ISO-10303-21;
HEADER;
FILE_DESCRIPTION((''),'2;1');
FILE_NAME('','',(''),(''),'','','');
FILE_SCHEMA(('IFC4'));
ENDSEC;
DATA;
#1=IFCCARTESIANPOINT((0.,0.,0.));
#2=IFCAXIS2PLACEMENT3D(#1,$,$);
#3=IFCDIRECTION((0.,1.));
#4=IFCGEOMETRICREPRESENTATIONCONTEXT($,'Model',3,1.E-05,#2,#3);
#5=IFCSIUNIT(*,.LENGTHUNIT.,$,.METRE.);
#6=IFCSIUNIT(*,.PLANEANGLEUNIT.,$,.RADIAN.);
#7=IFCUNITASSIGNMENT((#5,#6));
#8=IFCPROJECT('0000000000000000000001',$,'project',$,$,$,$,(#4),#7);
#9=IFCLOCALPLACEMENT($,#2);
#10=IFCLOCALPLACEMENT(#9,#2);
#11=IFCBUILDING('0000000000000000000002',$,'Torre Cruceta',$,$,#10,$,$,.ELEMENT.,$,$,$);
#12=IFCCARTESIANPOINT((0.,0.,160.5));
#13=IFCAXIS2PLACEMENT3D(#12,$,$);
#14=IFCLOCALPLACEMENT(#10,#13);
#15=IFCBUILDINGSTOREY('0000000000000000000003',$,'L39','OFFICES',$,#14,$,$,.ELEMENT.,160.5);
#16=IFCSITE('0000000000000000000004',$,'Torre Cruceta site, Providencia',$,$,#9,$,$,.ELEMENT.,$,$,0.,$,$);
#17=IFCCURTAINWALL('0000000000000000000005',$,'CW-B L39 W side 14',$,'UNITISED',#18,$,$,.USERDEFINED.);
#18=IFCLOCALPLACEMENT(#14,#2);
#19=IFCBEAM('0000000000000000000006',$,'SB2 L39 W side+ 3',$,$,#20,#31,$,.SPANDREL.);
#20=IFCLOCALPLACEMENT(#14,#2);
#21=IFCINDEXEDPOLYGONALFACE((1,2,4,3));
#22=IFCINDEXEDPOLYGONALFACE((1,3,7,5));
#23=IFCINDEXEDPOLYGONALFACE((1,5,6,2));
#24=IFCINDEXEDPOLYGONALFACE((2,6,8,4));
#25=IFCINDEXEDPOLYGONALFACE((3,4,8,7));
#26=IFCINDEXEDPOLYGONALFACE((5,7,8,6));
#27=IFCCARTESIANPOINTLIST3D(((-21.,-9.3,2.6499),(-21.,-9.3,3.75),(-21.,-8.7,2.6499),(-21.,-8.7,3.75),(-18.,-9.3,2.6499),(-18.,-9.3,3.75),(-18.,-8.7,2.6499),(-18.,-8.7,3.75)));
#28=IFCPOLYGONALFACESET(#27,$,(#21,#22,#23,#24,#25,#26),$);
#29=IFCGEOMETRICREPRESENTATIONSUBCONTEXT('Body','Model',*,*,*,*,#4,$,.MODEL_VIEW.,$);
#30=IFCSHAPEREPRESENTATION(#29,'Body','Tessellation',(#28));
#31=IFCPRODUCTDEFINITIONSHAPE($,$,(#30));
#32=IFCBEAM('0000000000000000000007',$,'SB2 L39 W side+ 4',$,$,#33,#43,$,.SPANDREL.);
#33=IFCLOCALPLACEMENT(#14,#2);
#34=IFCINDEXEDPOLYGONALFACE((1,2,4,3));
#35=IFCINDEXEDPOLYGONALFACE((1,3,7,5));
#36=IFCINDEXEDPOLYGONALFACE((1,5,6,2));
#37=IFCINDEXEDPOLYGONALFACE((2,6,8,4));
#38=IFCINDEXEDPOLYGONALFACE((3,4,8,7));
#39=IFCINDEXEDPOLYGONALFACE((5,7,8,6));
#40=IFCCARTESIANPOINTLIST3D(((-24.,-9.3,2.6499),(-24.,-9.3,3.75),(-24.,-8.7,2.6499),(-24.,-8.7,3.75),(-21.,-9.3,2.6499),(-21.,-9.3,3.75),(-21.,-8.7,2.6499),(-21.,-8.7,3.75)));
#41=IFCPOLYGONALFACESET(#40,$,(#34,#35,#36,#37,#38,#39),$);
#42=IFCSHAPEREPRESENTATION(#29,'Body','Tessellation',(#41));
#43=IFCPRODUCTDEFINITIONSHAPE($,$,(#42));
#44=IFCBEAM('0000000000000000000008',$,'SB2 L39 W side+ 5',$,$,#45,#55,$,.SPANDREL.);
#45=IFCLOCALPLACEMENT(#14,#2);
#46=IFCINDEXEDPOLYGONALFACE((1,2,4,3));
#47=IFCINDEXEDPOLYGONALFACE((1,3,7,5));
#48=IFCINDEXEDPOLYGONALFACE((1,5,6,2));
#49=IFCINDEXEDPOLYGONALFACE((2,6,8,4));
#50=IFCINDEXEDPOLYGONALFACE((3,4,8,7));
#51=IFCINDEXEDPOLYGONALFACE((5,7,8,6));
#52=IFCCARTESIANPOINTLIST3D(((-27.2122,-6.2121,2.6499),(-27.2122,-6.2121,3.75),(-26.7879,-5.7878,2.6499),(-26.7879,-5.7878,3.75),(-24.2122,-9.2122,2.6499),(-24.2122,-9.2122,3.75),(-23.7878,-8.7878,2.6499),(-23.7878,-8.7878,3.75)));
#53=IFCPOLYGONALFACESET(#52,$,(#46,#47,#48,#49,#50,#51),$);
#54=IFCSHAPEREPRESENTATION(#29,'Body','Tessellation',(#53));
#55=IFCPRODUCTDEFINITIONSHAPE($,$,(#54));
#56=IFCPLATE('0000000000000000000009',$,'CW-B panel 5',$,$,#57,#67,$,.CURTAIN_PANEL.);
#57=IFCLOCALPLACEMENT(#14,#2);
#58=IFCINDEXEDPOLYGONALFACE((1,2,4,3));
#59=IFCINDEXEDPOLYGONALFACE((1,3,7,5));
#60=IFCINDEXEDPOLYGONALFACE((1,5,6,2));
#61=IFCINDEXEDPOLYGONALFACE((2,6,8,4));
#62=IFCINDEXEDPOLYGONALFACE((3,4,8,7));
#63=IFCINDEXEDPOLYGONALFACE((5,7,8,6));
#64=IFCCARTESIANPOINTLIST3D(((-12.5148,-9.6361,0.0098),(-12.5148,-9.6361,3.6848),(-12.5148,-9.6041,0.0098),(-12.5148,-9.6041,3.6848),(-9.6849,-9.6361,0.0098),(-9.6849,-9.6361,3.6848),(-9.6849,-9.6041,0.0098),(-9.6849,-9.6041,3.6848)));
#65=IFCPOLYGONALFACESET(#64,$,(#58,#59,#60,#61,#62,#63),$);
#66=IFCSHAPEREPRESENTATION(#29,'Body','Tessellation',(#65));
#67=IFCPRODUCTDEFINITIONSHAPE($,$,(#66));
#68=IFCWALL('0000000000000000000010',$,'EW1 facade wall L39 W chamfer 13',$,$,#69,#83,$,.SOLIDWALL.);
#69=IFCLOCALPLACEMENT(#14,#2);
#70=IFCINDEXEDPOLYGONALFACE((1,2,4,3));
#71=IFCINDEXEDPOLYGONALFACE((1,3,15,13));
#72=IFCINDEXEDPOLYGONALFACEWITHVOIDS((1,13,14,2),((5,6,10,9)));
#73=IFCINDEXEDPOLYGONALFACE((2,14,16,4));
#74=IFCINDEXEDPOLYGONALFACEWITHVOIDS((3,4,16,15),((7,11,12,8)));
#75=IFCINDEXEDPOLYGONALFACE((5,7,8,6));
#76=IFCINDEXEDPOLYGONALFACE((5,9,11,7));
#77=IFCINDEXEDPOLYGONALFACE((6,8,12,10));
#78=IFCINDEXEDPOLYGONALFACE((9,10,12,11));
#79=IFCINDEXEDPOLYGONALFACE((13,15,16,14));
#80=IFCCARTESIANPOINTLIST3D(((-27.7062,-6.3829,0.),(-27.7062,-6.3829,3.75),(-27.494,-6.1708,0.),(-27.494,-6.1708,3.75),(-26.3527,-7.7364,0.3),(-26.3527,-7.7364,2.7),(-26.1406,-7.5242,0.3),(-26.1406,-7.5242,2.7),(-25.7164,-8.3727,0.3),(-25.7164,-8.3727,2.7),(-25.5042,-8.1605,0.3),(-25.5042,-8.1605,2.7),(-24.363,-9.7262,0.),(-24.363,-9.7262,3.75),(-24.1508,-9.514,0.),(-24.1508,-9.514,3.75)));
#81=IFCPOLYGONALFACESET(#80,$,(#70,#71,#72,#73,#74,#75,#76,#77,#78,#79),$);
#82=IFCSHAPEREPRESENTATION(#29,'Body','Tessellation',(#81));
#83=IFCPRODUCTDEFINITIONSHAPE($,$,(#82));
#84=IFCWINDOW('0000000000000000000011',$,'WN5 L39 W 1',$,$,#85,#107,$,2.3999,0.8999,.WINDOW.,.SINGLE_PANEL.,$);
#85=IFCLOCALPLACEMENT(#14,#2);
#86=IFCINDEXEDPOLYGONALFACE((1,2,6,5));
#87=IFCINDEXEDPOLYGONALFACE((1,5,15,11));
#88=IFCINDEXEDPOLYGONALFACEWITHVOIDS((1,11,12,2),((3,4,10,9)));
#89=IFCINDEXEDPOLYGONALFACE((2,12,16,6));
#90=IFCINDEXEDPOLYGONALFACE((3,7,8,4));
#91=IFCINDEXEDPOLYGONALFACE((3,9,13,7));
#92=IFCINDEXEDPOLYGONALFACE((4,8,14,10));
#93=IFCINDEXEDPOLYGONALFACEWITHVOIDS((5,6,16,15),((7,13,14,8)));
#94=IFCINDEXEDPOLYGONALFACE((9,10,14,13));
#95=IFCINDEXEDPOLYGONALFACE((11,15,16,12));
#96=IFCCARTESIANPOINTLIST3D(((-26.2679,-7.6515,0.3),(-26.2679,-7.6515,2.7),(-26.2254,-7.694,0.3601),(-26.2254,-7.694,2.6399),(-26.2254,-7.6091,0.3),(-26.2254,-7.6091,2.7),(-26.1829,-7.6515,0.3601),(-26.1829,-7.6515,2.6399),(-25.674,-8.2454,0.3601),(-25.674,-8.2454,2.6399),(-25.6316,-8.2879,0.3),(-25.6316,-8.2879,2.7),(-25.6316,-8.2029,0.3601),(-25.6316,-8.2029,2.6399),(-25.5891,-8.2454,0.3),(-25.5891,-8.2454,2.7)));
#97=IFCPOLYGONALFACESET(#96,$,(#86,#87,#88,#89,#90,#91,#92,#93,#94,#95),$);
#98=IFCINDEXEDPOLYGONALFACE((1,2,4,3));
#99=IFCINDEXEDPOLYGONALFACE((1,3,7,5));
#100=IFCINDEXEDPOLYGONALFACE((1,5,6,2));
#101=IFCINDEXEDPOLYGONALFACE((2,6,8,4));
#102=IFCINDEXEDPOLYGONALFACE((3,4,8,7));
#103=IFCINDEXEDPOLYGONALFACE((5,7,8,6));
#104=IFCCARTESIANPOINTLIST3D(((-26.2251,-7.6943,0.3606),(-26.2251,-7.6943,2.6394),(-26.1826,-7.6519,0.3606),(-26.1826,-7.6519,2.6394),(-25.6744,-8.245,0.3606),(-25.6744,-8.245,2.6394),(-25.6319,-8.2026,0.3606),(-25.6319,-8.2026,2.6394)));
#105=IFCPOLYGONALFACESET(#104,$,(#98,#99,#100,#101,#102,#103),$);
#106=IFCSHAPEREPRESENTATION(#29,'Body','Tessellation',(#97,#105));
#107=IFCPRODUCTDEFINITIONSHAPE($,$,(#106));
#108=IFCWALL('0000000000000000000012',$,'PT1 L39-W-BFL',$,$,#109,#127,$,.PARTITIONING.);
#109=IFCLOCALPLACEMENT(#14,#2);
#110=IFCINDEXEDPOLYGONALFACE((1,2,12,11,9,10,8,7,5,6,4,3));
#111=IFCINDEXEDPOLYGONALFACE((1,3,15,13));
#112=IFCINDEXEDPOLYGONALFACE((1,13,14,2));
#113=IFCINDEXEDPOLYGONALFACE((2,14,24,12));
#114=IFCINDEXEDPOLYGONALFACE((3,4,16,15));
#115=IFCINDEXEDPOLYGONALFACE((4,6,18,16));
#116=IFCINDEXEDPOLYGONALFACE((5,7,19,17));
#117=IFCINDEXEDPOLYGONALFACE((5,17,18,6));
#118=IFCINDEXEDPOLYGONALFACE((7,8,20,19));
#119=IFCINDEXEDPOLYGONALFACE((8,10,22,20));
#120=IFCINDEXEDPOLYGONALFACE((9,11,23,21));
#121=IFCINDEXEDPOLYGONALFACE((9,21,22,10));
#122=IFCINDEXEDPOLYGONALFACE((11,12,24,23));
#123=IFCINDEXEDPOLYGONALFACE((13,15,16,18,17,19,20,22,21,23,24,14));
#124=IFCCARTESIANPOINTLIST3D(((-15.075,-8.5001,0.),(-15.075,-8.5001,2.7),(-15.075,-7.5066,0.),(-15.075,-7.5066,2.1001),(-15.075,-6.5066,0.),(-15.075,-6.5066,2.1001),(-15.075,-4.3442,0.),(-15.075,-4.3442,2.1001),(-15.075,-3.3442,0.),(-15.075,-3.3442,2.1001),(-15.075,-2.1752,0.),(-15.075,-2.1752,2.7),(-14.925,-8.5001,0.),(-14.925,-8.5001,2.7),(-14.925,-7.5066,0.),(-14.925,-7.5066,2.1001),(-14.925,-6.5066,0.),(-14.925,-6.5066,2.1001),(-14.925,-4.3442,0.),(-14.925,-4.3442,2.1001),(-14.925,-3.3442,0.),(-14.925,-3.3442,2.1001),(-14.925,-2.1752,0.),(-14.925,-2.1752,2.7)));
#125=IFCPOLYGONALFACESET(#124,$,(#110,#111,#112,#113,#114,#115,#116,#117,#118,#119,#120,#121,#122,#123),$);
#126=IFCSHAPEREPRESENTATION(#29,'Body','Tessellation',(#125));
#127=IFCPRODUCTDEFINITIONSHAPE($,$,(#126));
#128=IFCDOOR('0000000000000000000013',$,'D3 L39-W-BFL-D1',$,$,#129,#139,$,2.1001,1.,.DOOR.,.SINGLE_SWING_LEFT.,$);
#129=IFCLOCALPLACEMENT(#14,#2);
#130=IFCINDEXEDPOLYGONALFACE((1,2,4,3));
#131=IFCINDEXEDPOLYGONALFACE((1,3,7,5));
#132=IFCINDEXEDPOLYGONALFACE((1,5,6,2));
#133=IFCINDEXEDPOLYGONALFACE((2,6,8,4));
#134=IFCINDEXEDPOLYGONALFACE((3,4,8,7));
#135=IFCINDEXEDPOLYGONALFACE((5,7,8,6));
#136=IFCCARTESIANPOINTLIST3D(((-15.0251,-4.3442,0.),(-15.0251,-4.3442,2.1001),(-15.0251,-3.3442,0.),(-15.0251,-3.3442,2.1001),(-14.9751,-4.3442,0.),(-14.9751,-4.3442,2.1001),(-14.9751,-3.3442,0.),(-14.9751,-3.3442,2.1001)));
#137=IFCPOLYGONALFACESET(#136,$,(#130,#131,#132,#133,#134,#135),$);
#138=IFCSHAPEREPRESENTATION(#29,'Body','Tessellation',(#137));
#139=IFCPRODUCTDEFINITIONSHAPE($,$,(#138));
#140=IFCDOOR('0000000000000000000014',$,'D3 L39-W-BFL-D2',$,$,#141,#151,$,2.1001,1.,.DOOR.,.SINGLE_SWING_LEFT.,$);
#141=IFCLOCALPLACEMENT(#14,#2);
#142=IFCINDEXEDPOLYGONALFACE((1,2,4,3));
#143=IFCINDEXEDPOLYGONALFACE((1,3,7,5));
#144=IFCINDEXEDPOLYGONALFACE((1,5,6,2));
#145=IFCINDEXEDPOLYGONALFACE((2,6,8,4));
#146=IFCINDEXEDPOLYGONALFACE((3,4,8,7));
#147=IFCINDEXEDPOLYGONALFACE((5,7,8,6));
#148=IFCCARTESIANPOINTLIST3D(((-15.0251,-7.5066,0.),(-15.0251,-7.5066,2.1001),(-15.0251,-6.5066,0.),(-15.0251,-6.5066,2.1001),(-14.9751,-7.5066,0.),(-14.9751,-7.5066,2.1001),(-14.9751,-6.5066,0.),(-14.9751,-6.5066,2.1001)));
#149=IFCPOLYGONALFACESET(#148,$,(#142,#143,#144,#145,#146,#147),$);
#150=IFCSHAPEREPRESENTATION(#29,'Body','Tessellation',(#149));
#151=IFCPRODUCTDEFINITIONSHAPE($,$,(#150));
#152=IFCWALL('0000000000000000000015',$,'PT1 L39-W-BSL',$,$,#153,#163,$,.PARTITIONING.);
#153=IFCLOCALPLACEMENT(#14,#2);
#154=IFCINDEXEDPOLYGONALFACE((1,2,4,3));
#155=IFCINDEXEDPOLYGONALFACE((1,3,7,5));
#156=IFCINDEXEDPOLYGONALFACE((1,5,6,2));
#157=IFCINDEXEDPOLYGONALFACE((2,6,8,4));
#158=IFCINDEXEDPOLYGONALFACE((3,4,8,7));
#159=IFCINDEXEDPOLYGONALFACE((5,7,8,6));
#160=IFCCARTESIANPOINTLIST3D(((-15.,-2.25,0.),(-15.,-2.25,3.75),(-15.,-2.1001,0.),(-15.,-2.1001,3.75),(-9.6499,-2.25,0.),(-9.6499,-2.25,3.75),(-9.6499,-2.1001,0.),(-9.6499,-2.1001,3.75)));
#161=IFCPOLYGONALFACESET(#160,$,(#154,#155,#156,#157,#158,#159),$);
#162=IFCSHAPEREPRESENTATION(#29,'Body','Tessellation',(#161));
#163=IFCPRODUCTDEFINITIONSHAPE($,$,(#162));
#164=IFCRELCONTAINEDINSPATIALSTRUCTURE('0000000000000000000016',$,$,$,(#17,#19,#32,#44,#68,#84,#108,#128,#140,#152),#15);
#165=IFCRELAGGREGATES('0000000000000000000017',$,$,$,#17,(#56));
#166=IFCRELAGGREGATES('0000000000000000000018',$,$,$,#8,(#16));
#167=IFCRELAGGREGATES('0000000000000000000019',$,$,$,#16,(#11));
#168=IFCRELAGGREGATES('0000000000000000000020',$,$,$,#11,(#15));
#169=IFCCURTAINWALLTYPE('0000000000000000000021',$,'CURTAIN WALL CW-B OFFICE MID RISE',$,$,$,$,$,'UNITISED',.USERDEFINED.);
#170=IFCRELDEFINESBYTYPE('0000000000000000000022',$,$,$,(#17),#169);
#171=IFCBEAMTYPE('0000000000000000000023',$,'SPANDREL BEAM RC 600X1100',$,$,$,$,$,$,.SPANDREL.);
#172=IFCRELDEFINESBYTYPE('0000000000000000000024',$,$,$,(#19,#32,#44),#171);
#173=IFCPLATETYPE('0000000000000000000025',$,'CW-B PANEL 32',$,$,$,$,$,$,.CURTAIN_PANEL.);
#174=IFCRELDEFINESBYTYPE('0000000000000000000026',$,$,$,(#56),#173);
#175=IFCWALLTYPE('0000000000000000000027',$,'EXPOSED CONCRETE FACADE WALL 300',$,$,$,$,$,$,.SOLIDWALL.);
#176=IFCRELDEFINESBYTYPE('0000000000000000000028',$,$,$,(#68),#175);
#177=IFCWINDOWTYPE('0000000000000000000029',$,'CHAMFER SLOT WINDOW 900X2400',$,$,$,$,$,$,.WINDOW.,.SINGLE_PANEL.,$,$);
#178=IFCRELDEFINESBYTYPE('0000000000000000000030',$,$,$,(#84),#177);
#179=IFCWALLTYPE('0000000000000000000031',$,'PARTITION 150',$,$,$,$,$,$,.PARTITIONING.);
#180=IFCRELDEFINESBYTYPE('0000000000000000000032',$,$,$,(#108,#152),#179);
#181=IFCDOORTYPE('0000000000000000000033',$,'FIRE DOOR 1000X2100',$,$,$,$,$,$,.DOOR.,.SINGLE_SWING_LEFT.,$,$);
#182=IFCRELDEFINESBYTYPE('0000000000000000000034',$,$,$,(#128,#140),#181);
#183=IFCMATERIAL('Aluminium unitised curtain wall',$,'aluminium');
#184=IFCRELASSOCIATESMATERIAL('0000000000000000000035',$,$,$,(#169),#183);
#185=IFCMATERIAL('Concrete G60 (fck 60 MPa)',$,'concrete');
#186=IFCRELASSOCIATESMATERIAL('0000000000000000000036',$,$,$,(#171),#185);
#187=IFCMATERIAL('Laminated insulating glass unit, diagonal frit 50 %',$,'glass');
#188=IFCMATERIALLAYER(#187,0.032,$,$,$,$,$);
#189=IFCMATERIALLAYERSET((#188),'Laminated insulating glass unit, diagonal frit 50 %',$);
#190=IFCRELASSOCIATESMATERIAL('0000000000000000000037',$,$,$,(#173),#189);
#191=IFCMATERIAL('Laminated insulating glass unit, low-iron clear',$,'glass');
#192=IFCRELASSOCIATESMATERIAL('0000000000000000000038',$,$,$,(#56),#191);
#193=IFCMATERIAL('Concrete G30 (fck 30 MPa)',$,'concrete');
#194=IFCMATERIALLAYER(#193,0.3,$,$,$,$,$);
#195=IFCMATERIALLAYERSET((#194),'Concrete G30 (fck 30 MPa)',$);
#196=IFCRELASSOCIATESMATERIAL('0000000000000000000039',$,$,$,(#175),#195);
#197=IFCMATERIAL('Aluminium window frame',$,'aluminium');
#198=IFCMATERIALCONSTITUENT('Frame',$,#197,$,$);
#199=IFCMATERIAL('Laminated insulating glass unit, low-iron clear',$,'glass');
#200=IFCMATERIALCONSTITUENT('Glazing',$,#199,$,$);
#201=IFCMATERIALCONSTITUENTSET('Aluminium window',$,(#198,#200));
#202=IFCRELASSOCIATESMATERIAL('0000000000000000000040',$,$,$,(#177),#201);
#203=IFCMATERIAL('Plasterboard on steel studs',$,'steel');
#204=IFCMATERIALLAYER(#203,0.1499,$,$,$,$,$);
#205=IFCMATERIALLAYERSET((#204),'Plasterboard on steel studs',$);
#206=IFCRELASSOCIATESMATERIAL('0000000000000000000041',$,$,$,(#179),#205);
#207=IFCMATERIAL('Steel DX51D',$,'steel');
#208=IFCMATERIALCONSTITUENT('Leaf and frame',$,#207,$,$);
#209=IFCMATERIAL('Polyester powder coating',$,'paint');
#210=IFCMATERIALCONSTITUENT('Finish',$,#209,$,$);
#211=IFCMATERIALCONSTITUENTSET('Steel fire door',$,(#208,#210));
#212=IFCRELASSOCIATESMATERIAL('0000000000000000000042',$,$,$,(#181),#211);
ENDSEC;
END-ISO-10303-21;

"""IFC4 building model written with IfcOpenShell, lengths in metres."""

from ifc_helpers import new_model, si_unit, direction, frame, frame_2d, origin, origin_2d, place, context, subcontext, project, spatial, rectangle, hollow_rectangle, extrude, material, layer, layer_set, constituent, constituent_set, material_profile, profile_set, type_object, element, fill, aggregate, save


model = new_model("IFC4")

# Units and contexts
model_context = context("Model", 3, precision=1e-05, world=origin(), true_north=direction((0.0, 1.0)))
body_context = subcontext(model_context, "Body", "Model", "MODEL_VIEW")
ifc_project = project(units=[si_unit("LENGTHUNIT", "METRE"), si_unit("PLANEANGLEUNIT", "RADIAN")], contexts=[model_context])

# Site, building, storey
site_placement = place(None, origin())
site = spatial("IfcSite", under=ifc_project, at=site_placement, Name="Torre Cruceta site, Providencia", CompositionType="ELEMENT", RefElevation=0.0)
building_placement = place(site_placement, origin())
building = spatial("IfcBuilding", under=site, at=building_placement, Name="Torre Cruceta", CompositionType="ELEMENT")
storey_placement = place(building_placement, frame((0.0, 0.0, 160.5)))
storey = spatial("IfcBuildingStorey", under=building, at=storey_placement, Name="L39", Description="OFFICES", CompositionType="ELEMENT", Elevation=160.5)

# Curtain wall
ifc_material_1 = material(Name="Aluminium unitised curtain wall", Category="aluminium")
curtain_wall_type = type_object("IfcCurtainWallType", Name="CURTAIN WALL CW-B OFFICE MID RISE", ElementType="UNITISED", PredefinedType="USERDEFINED", material=ifc_material_1)
curtain_wall_placement = place(storey_placement, origin())
curtain_wall = element("IfcCurtainWall", 1, at=curtain_wall_placement, inside=storey, type_object=curtain_wall_type, Name="CW-B L39 W side 14", ObjectType="UNITISED", PredefinedType="USERDEFINED")

# Beams
ifc_material_2 = material(Name="Concrete G60 (fck 60 MPa)", Category="concrete")
ifc_material_profile_1 = material_profile(ifc_material_2, rectangle(XDim=0.6001, YDim=1.1001, at=origin_2d()), Name="RC 600X1100")
ifc_profile_set_1 = profile_set([ifc_material_profile_1], Name="Concrete G60 (fck 60 MPa)")
beam_type_1 = type_object("IfcBeamType", Name="SPANDREL BEAM RC 600X1100", PredefinedType="SPANDREL", material=ifc_profile_set_1)
for number, where, z_axis, x_axis, name in (
    (2, (-18.0, -9.0, 3.2), (-1.0, 0.0, 0.0), (0.0, -1.0, 0.0), "SB2 L39 W side+ 3"),
    (3, (-21.0, -9.0, 3.2), (-1.0, 0.0, 0.0), (0.0, -1.0, 0.0), "SB2 L39 W side+ 4"),
):
    element("IfcBeam", number, at=place(storey_placement, frame(where, z_axis=z_axis, x_axis=x_axis)), inside=storey, type_object=beam_type_1, Name=name, PredefinedType="SPANDREL", context=body_context, shape_type="SweptSolid", body=[
        extrude(rectangle(XDim=0.6001, YDim=1.1001, at=origin_2d()), origin(), (0.0, 0.0, 1.0), 3.0),
    ])
beam_1_placement = place(storey_placement, frame((-24.0, -9.0, 3.2), z_axis=(-0.707107, 0.707107, 0.0), x_axis=(-0.707107, -0.707107, 0.0)))
element("IfcBeam", 4, at=beam_1_placement, inside=storey, type_object=beam_type_1, Name="SB2 L39 W side+ 5", PredefinedType="SPANDREL", context=body_context, shape_type="SweptSolid", body=[
    extrude(rectangle(XDim=0.6001, YDim=1.1001, at=origin_2d()), origin(), (0.0, 0.0, 1.0), 4.2427),
])

# Plate
ifc_material_3 = material(Name="Laminated insulating glass unit, low-iron clear", Category="glass")
ifc_material_4 = material(Name="Laminated insulating glass unit, diagonal frit 50 %", Category="glass")
ifc_layer_1 = layer(ifc_material_4, 0.032)
ifc_layer_set_1 = layer_set([ifc_layer_1], Name="Laminated insulating glass unit, diagonal frit 50 %")
plate_type = type_object("IfcPlateType", Name="CW-B PANEL 32", PredefinedType="CURTAIN_PANEL", material=ifc_layer_set_1)
plate_placement = place(storey_placement, frame((-11.0999, -9.6201, 0.0098), z_axis=(0.0, 0.0, 1.0), x_axis=(1.0, 0.0, 0.0)))
plate = element("IfcPlate", 5, at=plate_placement, type_object=plate_type, material=ifc_material_3, Name="CW-B panel 5", PredefinedType="CURTAIN_PANEL", context=body_context, shape_type="SweptSolid", body=[
    extrude(rectangle(XDim=2.8298, YDim=0.032, at=origin_2d()), origin(), (0.0, 0.0, 1.0), 3.675),
])
aggregate(curtain_wall, [plate])

# Wall, opening, window
ifc_material_5 = material(Name="Concrete G30 (fck 30 MPa)", Category="concrete")
ifc_layer_2 = layer(ifc_material_5, 0.3)
ifc_layer_set_2 = layer_set([ifc_layer_2], Name="Concrete G30 (fck 30 MPa)")
wall_type_1 = type_object("IfcWallType", Name="EXPOSED CONCRETE FACADE WALL 300", PredefinedType="SOLIDWALL", material=ifc_layer_set_2)
wall_1_placement = place(storey_placement, frame((-27.6001, -6.2769, 0.0), z_axis=(0.0, 0.0, 1.0), x_axis=(0.707107, -0.707107, 0.0)))
wall_1 = element("IfcWall", 6, at=wall_1_placement, inside=storey, type_object=wall_type_1, Name="EW1 facade wall L39 W chamfer 13", PredefinedType="SOLIDWALL", context=body_context, shape_type="SweptSolid", body=[
    extrude(rectangle(XDim=4.728, YDim=0.3, at=frame_2d((2.364, 0.0))), origin(), (0.0, 0.0, 1.0), 3.75),
])
opening_1_placement = place(wall_1_placement, frame((1.9141, 0.0, 0.3)))
opening_1 = element("IfcOpeningElement", 7, at=opening_1_placement, cuts=wall_1, PredefinedType="OPENING", context=body_context, shape_type="SweptSolid", body=[
    extrude(rectangle(XDim=0.8999, YDim=2.3999, at=frame_2d((0.45, 1.2))), frame((0.0, 0.1599, 0.0), z_axis=(0.0, -1.0, 0.0), x_axis=(1.0, 0.0, 0.0)), (0.0, 0.0, 1.0), 0.3201),
])
ifc_material_6 = material(Name="Aluminium window frame", Category="aluminium")
ifc_constituent_1 = constituent(ifc_material_6, Name="Frame")
ifc_material_7 = material(Name="Laminated insulating glass unit, low-iron clear", Category="glass")
ifc_constituent_2 = constituent(ifc_material_7, Name="Glazing")
ifc_constituent_set_1 = constituent_set(constituents=[ifc_constituent_1, ifc_constituent_2], Name="Aluminium window")
window_type = type_object("IfcWindowType", Name="CHAMFER SLOT WINDOW 900X2400", PartitioningType="SINGLE_PANEL", PredefinedType="WINDOW", material=ifc_constituent_set_1)
window_placement = place(opening_1_placement, origin())
window = element("IfcWindow", 8, at=window_placement, inside=storey, type_object=window_type, Name="WN5 L39 W 1", OverallHeight=2.3999, OverallWidth=0.8999, PartitioningType="SINGLE_PANEL", PredefinedType="WINDOW", context=body_context, shape_type="SweptSolid", body=[
    extrude(hollow_rectangle(XDim=0.8999, YDim=2.3999, WallThickness=0.0601, at=frame_2d((0.45, 1.2))), frame((0.0, 0.03, 0.0), z_axis=(0.0, -1.0, 0.0), x_axis=(1.0, 0.0, 0.0)), (0.0, 0.0, 1.0), 0.0601),
    extrude(rectangle(XDim=0.7788, YDim=2.2788, at=frame_2d((0.45, 1.2))), frame((0.0, 0.03, 0.0), z_axis=(0.0, -1.0, 0.0), x_axis=(1.0, 0.0, 0.0)), (0.0, 0.0, 1.0), 0.0601),
])
fill(opening_1, window)

# Wall, openings, doors
ifc_material_8 = material(Name="Plasterboard on steel studs", Category="steel")
ifc_layer_3 = layer(ifc_material_8, 0.1499)
ifc_layer_set_3 = layer_set([ifc_layer_3], Name="Plasterboard on steel studs")
wall_type_2 = type_object("IfcWallType", Name="PARTITION 150", PredefinedType="PARTITIONING", material=ifc_layer_set_3)
wall_2_placement = place(storey_placement, frame((-15.0, -2.175, 0.0), z_axis=(0.0, 0.0, 1.0), x_axis=(0.0, -1.0, 0.0)))
wall_2 = element("IfcWall", 9, at=wall_2_placement, inside=storey, type_object=wall_type_2, Name="PT1 L39-W-BFL", PredefinedType="PARTITIONING", context=body_context, shape_type="SweptSolid", body=[
    extrude(rectangle(XDim=6.325, YDim=0.1499, at=frame_2d((3.1626, 0.0))), origin(), (0.0, 0.0, 1.0), 2.7),
])
opening_2_placement = place(wall_2_placement, frame((1.1692, 0.0, 0.0)))
opening_2 = element("IfcOpeningElement", 10, at=opening_2_placement, cuts=wall_2, PredefinedType="OPENING", context=body_context, shape_type="SweptSolid", body=[
    extrude(rectangle(XDim=1.0, YDim=2.1001, at=frame_2d((0.5, 1.05))), frame((0.0, 0.085, 0.0), z_axis=(0.0, -1.0, 0.0), x_axis=(1.0, 0.0, 0.0)), (0.0, 0.0, 1.0), 0.1699),
])
opening_3_placement = place(wall_2_placement, frame((4.3315, 0.0, 0.0)))
opening_3 = element("IfcOpeningElement", 11, at=opening_3_placement, cuts=wall_2, PredefinedType="OPENING", context=body_context, shape_type="SweptSolid", body=[
    extrude(rectangle(XDim=1.0, YDim=2.1001, at=frame_2d((0.5, 1.05))), frame((0.0, 0.085, 0.0), z_axis=(0.0, -1.0, 0.0), x_axis=(1.0, 0.0, 0.0)), (0.0, 0.0, 1.0), 0.1699),
])
ifc_material_9 = material(Name="Steel DX51D", Category="steel")
ifc_constituent_3 = constituent(ifc_material_9, Name="Leaf and frame")
ifc_material_10 = material(Name="Polyester powder coating", Category="paint")
ifc_constituent_4 = constituent(ifc_material_10, Name="Finish")
ifc_constituent_set_2 = constituent_set(constituents=[ifc_constituent_3, ifc_constituent_4], Name="Steel fire door")
door_type = type_object("IfcDoorType", Name="FIRE DOOR 1000X2100", OperationType="SINGLE_SWING_LEFT", PredefinedType="DOOR", material=ifc_constituent_set_2)
door_1_placement = place(opening_2_placement, origin())
door_1 = element("IfcDoor", 12, at=door_1_placement, inside=storey, type_object=door_type, Name="D3 L39-W-BFL-D1", OperationType="SINGLE_SWING_LEFT", OverallHeight=2.1001, OverallWidth=1.0, PredefinedType="DOOR", context=body_context, shape_type="SweptSolid", body=[
    extrude(rectangle(XDim=1.0, YDim=2.1001, at=frame_2d((0.5, 1.05))), frame((0.0, 0.0249, 0.0), z_axis=(0.0, -1.0, 0.0), x_axis=(1.0, 0.0, 0.0)), (0.0, 0.0, 1.0), 0.05),
])
fill(opening_2, door_1)
door_2_placement = place(opening_3_placement, origin())
door_2 = element("IfcDoor", 13, at=door_2_placement, inside=storey, type_object=door_type, Name="D3 L39-W-BFL-D2", OperationType="SINGLE_SWING_LEFT", OverallHeight=2.1001, OverallWidth=1.0, PredefinedType="DOOR", context=body_context, shape_type="SweptSolid", body=[
    extrude(rectangle(XDim=1.0, YDim=2.1001, at=frame_2d((0.5, 1.05))), frame((0.0, 0.0249, 0.0), z_axis=(0.0, -1.0, 0.0), x_axis=(1.0, 0.0, 0.0)), (0.0, 0.0, 1.0), 0.05),
])
fill(opening_3, door_2)

# Wall
wall_3_placement = place(storey_placement, frame((-9.6499, -2.175, 0.0), z_axis=(0.0, 0.0, 1.0), x_axis=(-1.0, 0.0, 0.0)))
element("IfcWall", 14, at=wall_3_placement, inside=storey, type_object=wall_type_2, Name="PT1 L39-W-BSL", PredefinedType="PARTITIONING", context=body_context, shape_type="SweptSolid", body=[
    extrude(rectangle(XDim=5.3501, YDim=0.1499, at=frame_2d((2.675, 0.0))), origin(), (0.0, 0.0, 1.0), 3.75),
])

save(model, "model.ifc")
